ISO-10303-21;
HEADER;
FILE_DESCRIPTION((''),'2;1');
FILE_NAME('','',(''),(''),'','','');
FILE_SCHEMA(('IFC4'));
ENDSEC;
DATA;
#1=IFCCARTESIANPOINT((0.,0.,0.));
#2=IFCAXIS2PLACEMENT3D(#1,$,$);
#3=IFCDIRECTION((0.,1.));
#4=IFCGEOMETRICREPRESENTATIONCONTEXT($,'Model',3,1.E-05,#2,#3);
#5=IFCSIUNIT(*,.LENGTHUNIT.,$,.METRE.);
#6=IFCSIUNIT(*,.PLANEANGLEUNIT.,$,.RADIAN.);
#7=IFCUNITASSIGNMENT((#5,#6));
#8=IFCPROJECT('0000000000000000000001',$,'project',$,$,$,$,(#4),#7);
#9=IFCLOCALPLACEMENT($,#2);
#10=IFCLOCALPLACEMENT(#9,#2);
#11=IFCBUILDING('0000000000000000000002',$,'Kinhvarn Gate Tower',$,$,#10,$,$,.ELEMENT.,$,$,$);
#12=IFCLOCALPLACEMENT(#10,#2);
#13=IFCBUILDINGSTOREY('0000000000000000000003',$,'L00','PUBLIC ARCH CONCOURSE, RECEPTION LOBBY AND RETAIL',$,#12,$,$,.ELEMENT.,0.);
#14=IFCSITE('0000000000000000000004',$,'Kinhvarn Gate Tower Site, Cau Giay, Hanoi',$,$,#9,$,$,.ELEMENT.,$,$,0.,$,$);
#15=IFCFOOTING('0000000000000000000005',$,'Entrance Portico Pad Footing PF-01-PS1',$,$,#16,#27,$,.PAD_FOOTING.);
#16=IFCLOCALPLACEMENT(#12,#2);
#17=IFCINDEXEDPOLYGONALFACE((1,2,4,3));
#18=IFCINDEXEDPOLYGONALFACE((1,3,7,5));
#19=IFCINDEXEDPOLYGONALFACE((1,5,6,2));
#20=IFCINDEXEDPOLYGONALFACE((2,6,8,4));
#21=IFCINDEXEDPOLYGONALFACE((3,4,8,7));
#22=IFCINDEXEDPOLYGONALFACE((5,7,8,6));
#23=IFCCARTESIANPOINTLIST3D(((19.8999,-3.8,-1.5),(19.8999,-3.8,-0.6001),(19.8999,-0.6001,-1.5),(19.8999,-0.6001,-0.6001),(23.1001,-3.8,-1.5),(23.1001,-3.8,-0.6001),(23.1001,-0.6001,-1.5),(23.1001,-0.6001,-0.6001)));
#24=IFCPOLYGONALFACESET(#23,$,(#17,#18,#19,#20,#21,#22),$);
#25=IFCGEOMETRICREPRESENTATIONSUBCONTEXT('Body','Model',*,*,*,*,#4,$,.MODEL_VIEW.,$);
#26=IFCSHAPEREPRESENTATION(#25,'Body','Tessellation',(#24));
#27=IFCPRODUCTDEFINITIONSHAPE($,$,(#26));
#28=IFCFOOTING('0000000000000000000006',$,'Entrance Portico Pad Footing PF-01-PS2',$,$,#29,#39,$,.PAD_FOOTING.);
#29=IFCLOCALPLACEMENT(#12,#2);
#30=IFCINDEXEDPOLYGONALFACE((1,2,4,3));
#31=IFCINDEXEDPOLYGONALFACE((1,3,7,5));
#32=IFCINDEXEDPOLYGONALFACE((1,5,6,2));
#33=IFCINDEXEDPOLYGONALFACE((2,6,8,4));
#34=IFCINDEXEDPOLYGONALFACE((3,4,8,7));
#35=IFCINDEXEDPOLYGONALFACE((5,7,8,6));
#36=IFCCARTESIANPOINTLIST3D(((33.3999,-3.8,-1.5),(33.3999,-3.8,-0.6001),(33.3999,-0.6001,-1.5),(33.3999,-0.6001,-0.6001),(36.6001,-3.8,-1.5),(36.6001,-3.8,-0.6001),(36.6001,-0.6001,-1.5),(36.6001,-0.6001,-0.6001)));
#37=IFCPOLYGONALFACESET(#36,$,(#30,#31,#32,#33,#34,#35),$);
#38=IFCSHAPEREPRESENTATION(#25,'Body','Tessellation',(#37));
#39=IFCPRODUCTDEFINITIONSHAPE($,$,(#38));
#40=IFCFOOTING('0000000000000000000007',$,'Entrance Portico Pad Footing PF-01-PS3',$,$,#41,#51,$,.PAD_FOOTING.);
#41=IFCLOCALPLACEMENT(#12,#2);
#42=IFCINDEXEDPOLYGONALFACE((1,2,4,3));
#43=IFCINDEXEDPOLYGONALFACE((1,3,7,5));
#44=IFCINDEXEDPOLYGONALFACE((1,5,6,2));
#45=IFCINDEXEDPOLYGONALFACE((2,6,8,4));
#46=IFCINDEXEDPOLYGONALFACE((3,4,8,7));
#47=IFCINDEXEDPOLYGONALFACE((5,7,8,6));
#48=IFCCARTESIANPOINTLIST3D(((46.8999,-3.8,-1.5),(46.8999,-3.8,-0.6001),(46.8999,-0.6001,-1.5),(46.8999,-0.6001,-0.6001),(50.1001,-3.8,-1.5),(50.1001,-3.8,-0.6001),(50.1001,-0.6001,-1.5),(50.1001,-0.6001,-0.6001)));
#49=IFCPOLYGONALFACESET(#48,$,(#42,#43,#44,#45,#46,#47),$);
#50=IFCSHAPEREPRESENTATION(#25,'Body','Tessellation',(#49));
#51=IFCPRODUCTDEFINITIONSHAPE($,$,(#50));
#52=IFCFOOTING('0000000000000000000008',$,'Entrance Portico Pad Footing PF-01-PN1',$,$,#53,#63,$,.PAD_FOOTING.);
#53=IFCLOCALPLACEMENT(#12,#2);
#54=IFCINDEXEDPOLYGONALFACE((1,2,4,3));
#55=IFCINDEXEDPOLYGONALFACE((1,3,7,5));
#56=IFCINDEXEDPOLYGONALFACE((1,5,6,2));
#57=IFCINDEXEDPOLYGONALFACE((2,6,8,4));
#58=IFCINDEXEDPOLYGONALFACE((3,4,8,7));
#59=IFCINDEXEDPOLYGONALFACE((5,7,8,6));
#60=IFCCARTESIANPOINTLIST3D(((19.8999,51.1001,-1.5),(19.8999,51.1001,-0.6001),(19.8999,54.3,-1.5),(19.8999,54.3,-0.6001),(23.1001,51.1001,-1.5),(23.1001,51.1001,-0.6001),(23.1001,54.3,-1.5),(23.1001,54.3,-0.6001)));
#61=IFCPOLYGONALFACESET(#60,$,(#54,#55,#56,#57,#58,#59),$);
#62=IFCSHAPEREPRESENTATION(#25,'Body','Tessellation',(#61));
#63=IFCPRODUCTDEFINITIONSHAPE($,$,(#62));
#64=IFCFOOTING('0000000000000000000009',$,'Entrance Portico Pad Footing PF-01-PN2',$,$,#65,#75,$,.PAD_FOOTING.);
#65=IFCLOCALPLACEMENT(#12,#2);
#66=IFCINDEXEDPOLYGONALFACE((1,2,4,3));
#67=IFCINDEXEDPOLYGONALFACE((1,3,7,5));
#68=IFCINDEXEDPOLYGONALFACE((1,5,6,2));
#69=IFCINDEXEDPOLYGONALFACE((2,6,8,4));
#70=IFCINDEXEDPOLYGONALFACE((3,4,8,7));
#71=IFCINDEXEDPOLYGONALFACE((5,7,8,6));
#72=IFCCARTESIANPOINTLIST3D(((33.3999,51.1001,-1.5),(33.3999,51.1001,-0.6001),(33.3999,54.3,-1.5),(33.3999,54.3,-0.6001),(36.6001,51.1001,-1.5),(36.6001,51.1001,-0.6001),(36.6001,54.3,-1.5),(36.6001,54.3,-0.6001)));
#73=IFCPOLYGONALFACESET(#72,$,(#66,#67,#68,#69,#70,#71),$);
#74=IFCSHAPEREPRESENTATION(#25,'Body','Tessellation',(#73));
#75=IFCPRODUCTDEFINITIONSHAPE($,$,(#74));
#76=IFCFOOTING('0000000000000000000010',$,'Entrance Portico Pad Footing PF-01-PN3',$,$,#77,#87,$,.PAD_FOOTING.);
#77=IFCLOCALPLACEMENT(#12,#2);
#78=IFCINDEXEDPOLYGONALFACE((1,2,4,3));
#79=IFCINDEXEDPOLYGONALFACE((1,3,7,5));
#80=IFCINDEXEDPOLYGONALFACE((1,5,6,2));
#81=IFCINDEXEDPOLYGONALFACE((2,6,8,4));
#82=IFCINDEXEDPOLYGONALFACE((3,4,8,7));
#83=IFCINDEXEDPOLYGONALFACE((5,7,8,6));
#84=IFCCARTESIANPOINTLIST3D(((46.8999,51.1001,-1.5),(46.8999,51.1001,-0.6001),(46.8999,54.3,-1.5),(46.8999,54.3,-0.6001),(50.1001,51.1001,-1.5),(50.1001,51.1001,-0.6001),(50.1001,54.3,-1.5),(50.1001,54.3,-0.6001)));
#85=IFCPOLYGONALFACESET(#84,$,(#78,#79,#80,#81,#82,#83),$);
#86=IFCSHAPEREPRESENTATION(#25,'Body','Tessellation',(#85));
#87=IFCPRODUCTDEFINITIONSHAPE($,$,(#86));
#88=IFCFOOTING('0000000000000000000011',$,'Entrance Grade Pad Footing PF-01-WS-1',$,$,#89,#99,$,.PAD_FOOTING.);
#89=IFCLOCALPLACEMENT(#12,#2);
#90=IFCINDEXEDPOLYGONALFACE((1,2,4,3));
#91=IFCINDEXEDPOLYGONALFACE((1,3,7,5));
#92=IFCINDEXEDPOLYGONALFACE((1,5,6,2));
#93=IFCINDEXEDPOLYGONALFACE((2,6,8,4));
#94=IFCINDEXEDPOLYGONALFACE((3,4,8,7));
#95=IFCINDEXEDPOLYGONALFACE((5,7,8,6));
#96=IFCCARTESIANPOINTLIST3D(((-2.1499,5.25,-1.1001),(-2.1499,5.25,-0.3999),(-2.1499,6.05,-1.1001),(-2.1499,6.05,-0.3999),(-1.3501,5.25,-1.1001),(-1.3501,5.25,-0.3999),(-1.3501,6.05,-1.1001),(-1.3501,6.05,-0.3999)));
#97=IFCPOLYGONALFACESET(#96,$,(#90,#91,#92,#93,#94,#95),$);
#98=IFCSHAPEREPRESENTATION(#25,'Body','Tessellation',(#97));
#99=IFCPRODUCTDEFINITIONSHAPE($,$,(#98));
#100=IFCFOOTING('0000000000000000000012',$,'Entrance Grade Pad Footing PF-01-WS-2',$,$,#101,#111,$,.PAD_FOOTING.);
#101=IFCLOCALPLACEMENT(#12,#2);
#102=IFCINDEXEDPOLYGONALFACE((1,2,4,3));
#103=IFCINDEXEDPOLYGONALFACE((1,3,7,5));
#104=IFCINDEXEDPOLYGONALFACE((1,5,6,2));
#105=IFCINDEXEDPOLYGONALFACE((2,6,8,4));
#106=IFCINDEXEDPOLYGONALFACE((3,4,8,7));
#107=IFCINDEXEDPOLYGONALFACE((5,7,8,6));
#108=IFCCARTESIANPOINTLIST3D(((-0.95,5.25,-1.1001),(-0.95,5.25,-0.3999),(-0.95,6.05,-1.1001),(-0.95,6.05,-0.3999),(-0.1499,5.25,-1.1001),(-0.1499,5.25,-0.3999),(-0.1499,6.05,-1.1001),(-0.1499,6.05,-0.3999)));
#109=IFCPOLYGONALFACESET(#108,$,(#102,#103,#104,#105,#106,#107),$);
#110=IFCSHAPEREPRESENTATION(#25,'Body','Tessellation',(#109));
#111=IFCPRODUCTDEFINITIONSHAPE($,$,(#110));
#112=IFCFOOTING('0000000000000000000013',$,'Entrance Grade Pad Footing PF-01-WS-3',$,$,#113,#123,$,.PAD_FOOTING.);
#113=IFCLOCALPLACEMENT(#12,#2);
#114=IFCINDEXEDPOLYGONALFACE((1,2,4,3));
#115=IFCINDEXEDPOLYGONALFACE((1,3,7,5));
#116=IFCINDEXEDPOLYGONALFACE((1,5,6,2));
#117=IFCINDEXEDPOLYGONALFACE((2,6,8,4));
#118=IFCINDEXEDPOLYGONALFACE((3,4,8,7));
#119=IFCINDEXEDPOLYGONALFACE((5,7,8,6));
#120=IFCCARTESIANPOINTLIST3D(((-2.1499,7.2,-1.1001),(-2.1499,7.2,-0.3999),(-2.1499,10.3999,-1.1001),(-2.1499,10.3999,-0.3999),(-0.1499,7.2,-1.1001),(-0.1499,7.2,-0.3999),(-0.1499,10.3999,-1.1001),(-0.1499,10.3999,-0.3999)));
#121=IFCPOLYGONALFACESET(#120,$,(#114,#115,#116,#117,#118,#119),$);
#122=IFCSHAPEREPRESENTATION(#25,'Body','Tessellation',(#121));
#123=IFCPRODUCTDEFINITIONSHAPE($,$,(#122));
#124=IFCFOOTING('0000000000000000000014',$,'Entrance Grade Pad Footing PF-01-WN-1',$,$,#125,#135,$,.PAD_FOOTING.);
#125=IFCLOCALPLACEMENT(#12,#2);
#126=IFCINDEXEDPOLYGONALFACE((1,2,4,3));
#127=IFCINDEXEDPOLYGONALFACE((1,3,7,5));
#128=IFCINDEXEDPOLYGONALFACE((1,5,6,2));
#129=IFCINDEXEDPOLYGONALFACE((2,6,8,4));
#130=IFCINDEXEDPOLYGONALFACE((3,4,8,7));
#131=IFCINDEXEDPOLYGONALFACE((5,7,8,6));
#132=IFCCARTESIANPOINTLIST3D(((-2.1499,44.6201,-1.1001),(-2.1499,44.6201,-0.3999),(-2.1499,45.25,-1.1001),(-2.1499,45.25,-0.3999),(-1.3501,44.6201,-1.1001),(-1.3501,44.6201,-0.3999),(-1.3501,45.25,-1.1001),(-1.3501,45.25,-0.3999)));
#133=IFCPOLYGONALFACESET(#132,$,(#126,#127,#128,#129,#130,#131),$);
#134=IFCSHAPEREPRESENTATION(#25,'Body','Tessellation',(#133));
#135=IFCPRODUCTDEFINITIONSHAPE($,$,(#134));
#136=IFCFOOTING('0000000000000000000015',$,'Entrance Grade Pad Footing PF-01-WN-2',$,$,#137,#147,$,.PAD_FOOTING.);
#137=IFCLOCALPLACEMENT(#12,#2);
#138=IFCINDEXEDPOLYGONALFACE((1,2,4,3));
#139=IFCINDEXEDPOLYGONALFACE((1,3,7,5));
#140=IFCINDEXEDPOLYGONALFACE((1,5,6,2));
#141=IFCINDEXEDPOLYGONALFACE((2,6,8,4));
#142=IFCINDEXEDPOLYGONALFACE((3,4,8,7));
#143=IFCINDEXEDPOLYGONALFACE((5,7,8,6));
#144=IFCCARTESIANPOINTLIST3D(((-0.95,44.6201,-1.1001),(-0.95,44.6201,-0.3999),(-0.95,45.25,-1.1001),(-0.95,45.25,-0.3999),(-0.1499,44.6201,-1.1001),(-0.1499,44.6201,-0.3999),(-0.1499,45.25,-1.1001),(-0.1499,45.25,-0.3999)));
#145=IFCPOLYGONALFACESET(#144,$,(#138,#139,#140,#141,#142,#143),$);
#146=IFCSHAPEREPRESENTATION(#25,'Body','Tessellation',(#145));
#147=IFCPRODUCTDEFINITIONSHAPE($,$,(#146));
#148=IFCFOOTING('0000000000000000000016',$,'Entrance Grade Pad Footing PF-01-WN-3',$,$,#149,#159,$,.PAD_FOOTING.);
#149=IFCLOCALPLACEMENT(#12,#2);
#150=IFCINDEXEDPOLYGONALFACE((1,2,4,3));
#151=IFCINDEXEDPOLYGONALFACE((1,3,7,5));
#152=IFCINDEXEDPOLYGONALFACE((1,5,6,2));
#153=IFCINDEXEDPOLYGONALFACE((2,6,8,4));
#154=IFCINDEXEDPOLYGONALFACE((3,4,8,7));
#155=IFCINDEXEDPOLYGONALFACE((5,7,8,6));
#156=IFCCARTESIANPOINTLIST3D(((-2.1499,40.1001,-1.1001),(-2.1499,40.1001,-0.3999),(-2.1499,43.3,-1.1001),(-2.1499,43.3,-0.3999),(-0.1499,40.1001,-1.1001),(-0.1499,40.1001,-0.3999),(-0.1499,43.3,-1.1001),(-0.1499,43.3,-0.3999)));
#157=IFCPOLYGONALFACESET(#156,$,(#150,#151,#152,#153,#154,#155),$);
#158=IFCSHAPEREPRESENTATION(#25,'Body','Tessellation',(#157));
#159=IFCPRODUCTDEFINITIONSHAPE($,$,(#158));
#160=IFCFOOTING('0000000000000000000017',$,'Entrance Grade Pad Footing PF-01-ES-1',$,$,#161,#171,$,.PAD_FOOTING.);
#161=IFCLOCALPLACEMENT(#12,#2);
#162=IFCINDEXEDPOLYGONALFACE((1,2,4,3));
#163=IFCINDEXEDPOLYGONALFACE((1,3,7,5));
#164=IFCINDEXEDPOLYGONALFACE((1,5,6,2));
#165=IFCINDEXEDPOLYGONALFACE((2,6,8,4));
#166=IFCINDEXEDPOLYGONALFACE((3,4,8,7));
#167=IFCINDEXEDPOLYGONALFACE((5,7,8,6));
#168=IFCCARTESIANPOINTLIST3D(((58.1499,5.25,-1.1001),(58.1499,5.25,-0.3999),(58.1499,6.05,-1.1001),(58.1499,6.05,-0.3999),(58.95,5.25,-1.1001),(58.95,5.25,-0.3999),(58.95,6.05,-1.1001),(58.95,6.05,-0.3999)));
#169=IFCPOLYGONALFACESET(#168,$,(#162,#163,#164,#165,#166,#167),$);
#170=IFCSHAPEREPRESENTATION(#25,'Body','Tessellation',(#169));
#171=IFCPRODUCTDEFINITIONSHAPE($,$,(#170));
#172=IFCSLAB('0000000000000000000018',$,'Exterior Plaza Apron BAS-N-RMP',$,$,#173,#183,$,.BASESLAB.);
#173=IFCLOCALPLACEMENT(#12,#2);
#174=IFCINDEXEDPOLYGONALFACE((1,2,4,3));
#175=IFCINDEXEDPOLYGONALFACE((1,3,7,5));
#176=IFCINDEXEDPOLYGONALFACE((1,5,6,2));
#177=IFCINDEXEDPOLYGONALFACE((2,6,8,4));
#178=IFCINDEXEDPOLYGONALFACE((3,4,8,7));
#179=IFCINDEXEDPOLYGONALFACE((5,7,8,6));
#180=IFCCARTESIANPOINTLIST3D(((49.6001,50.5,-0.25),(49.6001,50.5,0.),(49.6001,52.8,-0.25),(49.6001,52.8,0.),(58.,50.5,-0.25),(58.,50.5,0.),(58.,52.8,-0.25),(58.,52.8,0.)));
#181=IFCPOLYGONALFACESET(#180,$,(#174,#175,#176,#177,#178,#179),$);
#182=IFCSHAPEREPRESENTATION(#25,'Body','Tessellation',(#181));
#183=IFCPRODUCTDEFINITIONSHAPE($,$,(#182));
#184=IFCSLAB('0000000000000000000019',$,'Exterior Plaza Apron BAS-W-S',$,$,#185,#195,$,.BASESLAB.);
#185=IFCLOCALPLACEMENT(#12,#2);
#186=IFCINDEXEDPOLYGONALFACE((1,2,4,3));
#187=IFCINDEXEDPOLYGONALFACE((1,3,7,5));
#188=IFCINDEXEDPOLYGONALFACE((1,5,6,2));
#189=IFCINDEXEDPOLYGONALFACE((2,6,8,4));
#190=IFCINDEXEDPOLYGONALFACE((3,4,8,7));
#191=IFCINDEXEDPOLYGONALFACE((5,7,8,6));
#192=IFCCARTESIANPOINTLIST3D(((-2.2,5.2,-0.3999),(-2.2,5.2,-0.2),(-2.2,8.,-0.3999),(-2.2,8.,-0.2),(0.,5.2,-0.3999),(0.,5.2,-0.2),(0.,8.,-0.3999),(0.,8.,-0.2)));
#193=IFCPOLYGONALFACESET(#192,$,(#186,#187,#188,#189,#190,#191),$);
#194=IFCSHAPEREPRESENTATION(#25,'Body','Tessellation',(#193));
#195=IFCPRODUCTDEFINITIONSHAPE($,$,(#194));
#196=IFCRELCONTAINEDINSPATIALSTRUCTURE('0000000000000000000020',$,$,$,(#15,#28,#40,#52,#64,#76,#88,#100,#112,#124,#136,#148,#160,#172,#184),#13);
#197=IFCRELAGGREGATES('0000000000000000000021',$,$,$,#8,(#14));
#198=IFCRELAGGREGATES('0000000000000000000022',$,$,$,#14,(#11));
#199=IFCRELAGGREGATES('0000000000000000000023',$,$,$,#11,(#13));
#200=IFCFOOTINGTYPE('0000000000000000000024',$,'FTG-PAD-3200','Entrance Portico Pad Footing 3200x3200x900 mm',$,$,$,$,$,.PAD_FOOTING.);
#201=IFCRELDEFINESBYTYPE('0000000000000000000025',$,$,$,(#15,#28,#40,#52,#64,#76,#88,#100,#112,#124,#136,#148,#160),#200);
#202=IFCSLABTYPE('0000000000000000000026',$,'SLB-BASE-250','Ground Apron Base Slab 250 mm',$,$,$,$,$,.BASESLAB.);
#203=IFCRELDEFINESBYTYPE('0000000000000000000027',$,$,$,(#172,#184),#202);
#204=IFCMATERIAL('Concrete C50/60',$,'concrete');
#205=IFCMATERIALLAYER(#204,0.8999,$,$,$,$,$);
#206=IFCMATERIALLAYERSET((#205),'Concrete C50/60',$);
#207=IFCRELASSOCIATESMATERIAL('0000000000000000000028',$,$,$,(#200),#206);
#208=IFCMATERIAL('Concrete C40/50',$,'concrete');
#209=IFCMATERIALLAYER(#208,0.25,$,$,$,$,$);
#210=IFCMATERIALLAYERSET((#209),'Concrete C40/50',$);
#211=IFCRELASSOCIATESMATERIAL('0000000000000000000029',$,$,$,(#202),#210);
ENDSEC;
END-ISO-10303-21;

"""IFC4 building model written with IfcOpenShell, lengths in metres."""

from ifc_helpers import new_model, si_unit, direction, frame, origin, place, context, subcontext, project, spatial, polyline, outline, extrude, material, layer, layer_set, type_object, element, save


model = new_model("IFC4")

# Units and contexts
model_context = context("Model", 3, precision=1e-05, world=origin(), true_north=direction((0.0, 1.0)))
body_context = subcontext(model_context, "Body", "Model", "MODEL_VIEW")
ifc_project = project(units=[si_unit("LENGTHUNIT", "METRE"), si_unit("PLANEANGLEUNIT", "RADIAN")], contexts=[model_context])

# Site, building, storey
site_placement = place(None, origin())
site = spatial("IfcSite", under=ifc_project, at=site_placement, Name="Kinhvarn Gate Tower Site, Cau Giay, Hanoi", CompositionType="ELEMENT", RefElevation=0.0)
building_placement = place(site_placement, origin())
building = spatial("IfcBuilding", under=site, at=building_placement, Name="Kinhvarn Gate Tower", CompositionType="ELEMENT")
storey_placement = place(building_placement, origin())
storey = spatial("IfcBuildingStorey", under=building, at=storey_placement, Name="L00", Description="PUBLIC ARCH CONCOURSE, RECEPTION LOBBY AND RETAIL", CompositionType="ELEMENT", Elevation=0.0)

# Footings
ifc_material_1 = material(Name="Concrete C50/60", Category="concrete")
ifc_layer_1 = layer(ifc_material_1, 0.8999)
ifc_layer_set_1 = layer_set([ifc_layer_1], Name="Concrete C50/60")
footing_type = type_object("IfcFootingType", Name="FTG-PAD-3200", Description="Entrance Portico Pad Footing 3200x3200x900 mm", PredefinedType="PAD_FOOTING", material=ifc_layer_set_1)
footing_1_placement = place(storey_placement, frame((0.0, 0.0, -1.5)))
element("IfcFooting", 1, at=footing_1_placement, inside=storey, type_object=footing_type, Name="Entrance Portico Pad Footing PF-01-PS1", PredefinedType="PAD_FOOTING", context=body_context, shape_type="SweptSolid", body=[
    extrude(outline(polyline([(19.8999, -3.8), (23.1001, -3.8), (23.1001, -0.6001), (19.8999, -0.6001), (19.8999, -3.8)])), origin(), (0.0, 0.0, 1.0), 0.8999),
])
footing_2_placement = place(storey_placement, frame((0.0, 0.0, -1.5)))
element("IfcFooting", 2, at=footing_2_placement, inside=storey, type_object=footing_type, Name="Entrance Portico Pad Footing PF-01-PS2", PredefinedType="PAD_FOOTING", context=body_context, shape_type="SweptSolid", body=[
    extrude(outline(polyline([(33.3999, -3.8), (36.6001, -3.8), (36.6001, -0.6001), (33.3999, -0.6001), (33.3999, -3.8)])), origin(), (0.0, 0.0, 1.0), 0.8999),
])
footing_3_placement = place(storey_placement, frame((0.0, 0.0, -1.5)))
element("IfcFooting", 3, at=footing_3_placement, inside=storey, type_object=footing_type, Name="Entrance Portico Pad Footing PF-01-PS3", PredefinedType="PAD_FOOTING", context=body_context, shape_type="SweptSolid", body=[
    extrude(outline(polyline([(46.8999, -3.8), (50.1001, -3.8), (50.1001, -0.6001), (46.8999, -0.6001), (46.8999, -3.8)])), origin(), (0.0, 0.0, 1.0), 0.8999),
])
footing_4_placement = place(storey_placement, frame((0.0, 0.0, -1.5)))
element("IfcFooting", 4, at=footing_4_placement, inside=storey, type_object=footing_type, Name="Entrance Portico Pad Footing PF-01-PN1", PredefinedType="PAD_FOOTING", context=body_context, shape_type="SweptSolid", body=[
    extrude(outline(polyline([(19.8999, 51.1001), (23.1001, 51.1001), (23.1001, 54.3), (19.8999, 54.3), (19.8999, 51.1001)])), origin(), (0.0, 0.0, 1.0), 0.8999),
])
footing_5_placement = place(storey_placement, frame((0.0, 0.0, -1.5)))
element("IfcFooting", 5, at=footing_5_placement, inside=storey, type_object=footing_type, Name="Entrance Portico Pad Footing PF-01-PN2", PredefinedType="PAD_FOOTING", context=body_context, shape_type="SweptSolid", body=[
    extrude(outline(polyline([(33.3999, 51.1001), (36.6001, 51.1001), (36.6001, 54.3), (33.3999, 54.3), (33.3999, 51.1001)])), origin(), (0.0, 0.0, 1.0), 0.8999),
])
footing_6_placement = place(storey_placement, frame((0.0, 0.0, -1.5)))
element("IfcFooting", 6, at=footing_6_placement, inside=storey, type_object=footing_type, Name="Entrance Portico Pad Footing PF-01-PN3", PredefinedType="PAD_FOOTING", context=body_context, shape_type="SweptSolid", body=[
    extrude(outline(polyline([(46.8999, 51.1001), (50.1001, 51.1001), (50.1001, 54.3), (46.8999, 54.3), (46.8999, 51.1001)])), origin(), (0.0, 0.0, 1.0), 0.8999),
])
footing_7_placement = place(storey_placement, frame((0.0, 0.0, -1.1001)))
element("IfcFooting", 7, at=footing_7_placement, inside=storey, type_object=footing_type, Name="Entrance Grade Pad Footing PF-01-WS-1", PredefinedType="PAD_FOOTING", context=body_context, shape_type="SweptSolid", body=[
    extrude(outline(polyline([(-2.1499, 5.25), (-1.3501, 5.25), (-1.3501, 6.05), (-2.1499, 6.05), (-2.1499, 5.25)])), origin(), (0.0, 0.0, 1.0), 0.7002),
])
footing_8_placement = place(storey_placement, frame((0.0, 0.0, -1.1001)))
element("IfcFooting", 8, at=footing_8_placement, inside=storey, type_object=footing_type, Name="Entrance Grade Pad Footing PF-01-WS-2", PredefinedType="PAD_FOOTING", context=body_context, shape_type="SweptSolid", body=[
    extrude(outline(polyline([(-0.95, 5.25), (-0.1499, 5.25), (-0.1499, 6.05), (-0.95, 6.05), (-0.95, 5.25)])), origin(), (0.0, 0.0, 1.0), 0.7002),
])
footing_9_placement = place(storey_placement, frame((0.0, 0.0, -1.1001)))
element("IfcFooting", 9, at=footing_9_placement, inside=storey, type_object=footing_type, Name="Entrance Grade Pad Footing PF-01-WS-3", PredefinedType="PAD_FOOTING", context=body_context, shape_type="SweptSolid", body=[
    extrude(outline(polyline([(-2.1499, 7.2), (-0.1499, 7.2), (-0.1499, 10.3999), (-2.1499, 10.3999), (-2.1499, 7.2)])), origin(), (0.0, 0.0, 1.0), 0.7002),
])
footing_10_placement = place(storey_placement, frame((0.0, 0.0, -1.1001)))
element("IfcFooting", 10, at=footing_10_placement, inside=storey, type_object=footing_type, Name="Entrance Grade Pad Footing PF-01-WN-1", PredefinedType="PAD_FOOTING", context=body_context, shape_type="SweptSolid", body=[
    extrude(outline(polyline([(-2.1499, 44.6201), (-1.3501, 44.6201), (-1.3501, 45.25), (-2.1499, 45.25), (-2.1499, 44.6201)])), origin(), (0.0, 0.0, 1.0), 0.7002),
])
footing_11_placement = place(storey_placement, frame((0.0, 0.0, -1.1001)))
element("IfcFooting", 11, at=footing_11_placement, inside=storey, type_object=footing_type, Name="Entrance Grade Pad Footing PF-01-WN-2", PredefinedType="PAD_FOOTING", context=body_context, shape_type="SweptSolid", body=[
    extrude(outline(polyline([(-0.95, 44.6201), (-0.1499, 44.6201), (-0.1499, 45.25), (-0.95, 45.25), (-0.95, 44.6201)])), origin(), (0.0, 0.0, 1.0), 0.7002),
])
footing_12_placement = place(storey_placement, frame((0.0, 0.0, -1.1001)))
element("IfcFooting", 12, at=footing_12_placement, inside=storey, type_object=footing_type, Name="Entrance Grade Pad Footing PF-01-WN-3", PredefinedType="PAD_FOOTING", context=body_context, shape_type="SweptSolid", body=[
    extrude(outline(polyline([(-2.1499, 40.1001), (-0.1499, 40.1001), (-0.1499, 43.3), (-2.1499, 43.3), (-2.1499, 40.1001)])), origin(), (0.0, 0.0, 1.0), 0.7002),
])
footing_13_placement = place(storey_placement, frame((0.0, 0.0, -1.1001)))
element("IfcFooting", 13, at=footing_13_placement, inside=storey, type_object=footing_type, Name="Entrance Grade Pad Footing PF-01-ES-1", PredefinedType="PAD_FOOTING", context=body_context, shape_type="SweptSolid", body=[
    extrude(outline(polyline([(58.1499, 5.25), (58.95, 5.25), (58.95, 6.05), (58.1499, 6.05), (58.1499, 5.25)])), origin(), (0.0, 0.0, 1.0), 0.7002),
])

# Slabs
ifc_material_2 = material(Name="Concrete C40/50", Category="concrete")
ifc_layer_2 = layer(ifc_material_2, 0.25)
ifc_layer_set_2 = layer_set([ifc_layer_2], Name="Concrete C40/50")
slab_type_1 = type_object("IfcSlabType", Name="SLB-BASE-250", Description="Ground Apron Base Slab 250 mm", PredefinedType="BASESLAB", material=ifc_layer_set_2)
slab_1_placement = place(storey_placement, frame((0.0, 0.0, -0.25)))
element("IfcSlab", 14, at=slab_1_placement, inside=storey, type_object=slab_type_1, Name="Exterior Plaza Apron BAS-N-RMP", PredefinedType="BASESLAB", context=body_context, shape_type="SweptSolid", body=[
    extrude(outline(polyline([(49.6001, 50.5), (58.0, 50.5), (58.0, 52.8), (49.6001, 52.8), (49.6001, 50.5)])), origin(), (0.0, 0.0, 1.0), 0.25),
])
slab_2_placement = place(storey_placement, frame((0.0, 0.0, -0.3999)))
element("IfcSlab", 15, at=slab_2_placement, inside=storey, type_object=slab_type_1, Name="Exterior Plaza Apron BAS-W-S", PredefinedType="BASESLAB", context=body_context, shape_type="SweptSolid", body=[
    extrude(outline(polyline([(-2.2, 5.2), (0.0, 5.2), (0.0, 8.0), (-2.2, 8.0), (-2.2, 5.2)])), origin(), (0.0, 0.0, 1.0), 0.2),
])

save(model, "model.ifc")
